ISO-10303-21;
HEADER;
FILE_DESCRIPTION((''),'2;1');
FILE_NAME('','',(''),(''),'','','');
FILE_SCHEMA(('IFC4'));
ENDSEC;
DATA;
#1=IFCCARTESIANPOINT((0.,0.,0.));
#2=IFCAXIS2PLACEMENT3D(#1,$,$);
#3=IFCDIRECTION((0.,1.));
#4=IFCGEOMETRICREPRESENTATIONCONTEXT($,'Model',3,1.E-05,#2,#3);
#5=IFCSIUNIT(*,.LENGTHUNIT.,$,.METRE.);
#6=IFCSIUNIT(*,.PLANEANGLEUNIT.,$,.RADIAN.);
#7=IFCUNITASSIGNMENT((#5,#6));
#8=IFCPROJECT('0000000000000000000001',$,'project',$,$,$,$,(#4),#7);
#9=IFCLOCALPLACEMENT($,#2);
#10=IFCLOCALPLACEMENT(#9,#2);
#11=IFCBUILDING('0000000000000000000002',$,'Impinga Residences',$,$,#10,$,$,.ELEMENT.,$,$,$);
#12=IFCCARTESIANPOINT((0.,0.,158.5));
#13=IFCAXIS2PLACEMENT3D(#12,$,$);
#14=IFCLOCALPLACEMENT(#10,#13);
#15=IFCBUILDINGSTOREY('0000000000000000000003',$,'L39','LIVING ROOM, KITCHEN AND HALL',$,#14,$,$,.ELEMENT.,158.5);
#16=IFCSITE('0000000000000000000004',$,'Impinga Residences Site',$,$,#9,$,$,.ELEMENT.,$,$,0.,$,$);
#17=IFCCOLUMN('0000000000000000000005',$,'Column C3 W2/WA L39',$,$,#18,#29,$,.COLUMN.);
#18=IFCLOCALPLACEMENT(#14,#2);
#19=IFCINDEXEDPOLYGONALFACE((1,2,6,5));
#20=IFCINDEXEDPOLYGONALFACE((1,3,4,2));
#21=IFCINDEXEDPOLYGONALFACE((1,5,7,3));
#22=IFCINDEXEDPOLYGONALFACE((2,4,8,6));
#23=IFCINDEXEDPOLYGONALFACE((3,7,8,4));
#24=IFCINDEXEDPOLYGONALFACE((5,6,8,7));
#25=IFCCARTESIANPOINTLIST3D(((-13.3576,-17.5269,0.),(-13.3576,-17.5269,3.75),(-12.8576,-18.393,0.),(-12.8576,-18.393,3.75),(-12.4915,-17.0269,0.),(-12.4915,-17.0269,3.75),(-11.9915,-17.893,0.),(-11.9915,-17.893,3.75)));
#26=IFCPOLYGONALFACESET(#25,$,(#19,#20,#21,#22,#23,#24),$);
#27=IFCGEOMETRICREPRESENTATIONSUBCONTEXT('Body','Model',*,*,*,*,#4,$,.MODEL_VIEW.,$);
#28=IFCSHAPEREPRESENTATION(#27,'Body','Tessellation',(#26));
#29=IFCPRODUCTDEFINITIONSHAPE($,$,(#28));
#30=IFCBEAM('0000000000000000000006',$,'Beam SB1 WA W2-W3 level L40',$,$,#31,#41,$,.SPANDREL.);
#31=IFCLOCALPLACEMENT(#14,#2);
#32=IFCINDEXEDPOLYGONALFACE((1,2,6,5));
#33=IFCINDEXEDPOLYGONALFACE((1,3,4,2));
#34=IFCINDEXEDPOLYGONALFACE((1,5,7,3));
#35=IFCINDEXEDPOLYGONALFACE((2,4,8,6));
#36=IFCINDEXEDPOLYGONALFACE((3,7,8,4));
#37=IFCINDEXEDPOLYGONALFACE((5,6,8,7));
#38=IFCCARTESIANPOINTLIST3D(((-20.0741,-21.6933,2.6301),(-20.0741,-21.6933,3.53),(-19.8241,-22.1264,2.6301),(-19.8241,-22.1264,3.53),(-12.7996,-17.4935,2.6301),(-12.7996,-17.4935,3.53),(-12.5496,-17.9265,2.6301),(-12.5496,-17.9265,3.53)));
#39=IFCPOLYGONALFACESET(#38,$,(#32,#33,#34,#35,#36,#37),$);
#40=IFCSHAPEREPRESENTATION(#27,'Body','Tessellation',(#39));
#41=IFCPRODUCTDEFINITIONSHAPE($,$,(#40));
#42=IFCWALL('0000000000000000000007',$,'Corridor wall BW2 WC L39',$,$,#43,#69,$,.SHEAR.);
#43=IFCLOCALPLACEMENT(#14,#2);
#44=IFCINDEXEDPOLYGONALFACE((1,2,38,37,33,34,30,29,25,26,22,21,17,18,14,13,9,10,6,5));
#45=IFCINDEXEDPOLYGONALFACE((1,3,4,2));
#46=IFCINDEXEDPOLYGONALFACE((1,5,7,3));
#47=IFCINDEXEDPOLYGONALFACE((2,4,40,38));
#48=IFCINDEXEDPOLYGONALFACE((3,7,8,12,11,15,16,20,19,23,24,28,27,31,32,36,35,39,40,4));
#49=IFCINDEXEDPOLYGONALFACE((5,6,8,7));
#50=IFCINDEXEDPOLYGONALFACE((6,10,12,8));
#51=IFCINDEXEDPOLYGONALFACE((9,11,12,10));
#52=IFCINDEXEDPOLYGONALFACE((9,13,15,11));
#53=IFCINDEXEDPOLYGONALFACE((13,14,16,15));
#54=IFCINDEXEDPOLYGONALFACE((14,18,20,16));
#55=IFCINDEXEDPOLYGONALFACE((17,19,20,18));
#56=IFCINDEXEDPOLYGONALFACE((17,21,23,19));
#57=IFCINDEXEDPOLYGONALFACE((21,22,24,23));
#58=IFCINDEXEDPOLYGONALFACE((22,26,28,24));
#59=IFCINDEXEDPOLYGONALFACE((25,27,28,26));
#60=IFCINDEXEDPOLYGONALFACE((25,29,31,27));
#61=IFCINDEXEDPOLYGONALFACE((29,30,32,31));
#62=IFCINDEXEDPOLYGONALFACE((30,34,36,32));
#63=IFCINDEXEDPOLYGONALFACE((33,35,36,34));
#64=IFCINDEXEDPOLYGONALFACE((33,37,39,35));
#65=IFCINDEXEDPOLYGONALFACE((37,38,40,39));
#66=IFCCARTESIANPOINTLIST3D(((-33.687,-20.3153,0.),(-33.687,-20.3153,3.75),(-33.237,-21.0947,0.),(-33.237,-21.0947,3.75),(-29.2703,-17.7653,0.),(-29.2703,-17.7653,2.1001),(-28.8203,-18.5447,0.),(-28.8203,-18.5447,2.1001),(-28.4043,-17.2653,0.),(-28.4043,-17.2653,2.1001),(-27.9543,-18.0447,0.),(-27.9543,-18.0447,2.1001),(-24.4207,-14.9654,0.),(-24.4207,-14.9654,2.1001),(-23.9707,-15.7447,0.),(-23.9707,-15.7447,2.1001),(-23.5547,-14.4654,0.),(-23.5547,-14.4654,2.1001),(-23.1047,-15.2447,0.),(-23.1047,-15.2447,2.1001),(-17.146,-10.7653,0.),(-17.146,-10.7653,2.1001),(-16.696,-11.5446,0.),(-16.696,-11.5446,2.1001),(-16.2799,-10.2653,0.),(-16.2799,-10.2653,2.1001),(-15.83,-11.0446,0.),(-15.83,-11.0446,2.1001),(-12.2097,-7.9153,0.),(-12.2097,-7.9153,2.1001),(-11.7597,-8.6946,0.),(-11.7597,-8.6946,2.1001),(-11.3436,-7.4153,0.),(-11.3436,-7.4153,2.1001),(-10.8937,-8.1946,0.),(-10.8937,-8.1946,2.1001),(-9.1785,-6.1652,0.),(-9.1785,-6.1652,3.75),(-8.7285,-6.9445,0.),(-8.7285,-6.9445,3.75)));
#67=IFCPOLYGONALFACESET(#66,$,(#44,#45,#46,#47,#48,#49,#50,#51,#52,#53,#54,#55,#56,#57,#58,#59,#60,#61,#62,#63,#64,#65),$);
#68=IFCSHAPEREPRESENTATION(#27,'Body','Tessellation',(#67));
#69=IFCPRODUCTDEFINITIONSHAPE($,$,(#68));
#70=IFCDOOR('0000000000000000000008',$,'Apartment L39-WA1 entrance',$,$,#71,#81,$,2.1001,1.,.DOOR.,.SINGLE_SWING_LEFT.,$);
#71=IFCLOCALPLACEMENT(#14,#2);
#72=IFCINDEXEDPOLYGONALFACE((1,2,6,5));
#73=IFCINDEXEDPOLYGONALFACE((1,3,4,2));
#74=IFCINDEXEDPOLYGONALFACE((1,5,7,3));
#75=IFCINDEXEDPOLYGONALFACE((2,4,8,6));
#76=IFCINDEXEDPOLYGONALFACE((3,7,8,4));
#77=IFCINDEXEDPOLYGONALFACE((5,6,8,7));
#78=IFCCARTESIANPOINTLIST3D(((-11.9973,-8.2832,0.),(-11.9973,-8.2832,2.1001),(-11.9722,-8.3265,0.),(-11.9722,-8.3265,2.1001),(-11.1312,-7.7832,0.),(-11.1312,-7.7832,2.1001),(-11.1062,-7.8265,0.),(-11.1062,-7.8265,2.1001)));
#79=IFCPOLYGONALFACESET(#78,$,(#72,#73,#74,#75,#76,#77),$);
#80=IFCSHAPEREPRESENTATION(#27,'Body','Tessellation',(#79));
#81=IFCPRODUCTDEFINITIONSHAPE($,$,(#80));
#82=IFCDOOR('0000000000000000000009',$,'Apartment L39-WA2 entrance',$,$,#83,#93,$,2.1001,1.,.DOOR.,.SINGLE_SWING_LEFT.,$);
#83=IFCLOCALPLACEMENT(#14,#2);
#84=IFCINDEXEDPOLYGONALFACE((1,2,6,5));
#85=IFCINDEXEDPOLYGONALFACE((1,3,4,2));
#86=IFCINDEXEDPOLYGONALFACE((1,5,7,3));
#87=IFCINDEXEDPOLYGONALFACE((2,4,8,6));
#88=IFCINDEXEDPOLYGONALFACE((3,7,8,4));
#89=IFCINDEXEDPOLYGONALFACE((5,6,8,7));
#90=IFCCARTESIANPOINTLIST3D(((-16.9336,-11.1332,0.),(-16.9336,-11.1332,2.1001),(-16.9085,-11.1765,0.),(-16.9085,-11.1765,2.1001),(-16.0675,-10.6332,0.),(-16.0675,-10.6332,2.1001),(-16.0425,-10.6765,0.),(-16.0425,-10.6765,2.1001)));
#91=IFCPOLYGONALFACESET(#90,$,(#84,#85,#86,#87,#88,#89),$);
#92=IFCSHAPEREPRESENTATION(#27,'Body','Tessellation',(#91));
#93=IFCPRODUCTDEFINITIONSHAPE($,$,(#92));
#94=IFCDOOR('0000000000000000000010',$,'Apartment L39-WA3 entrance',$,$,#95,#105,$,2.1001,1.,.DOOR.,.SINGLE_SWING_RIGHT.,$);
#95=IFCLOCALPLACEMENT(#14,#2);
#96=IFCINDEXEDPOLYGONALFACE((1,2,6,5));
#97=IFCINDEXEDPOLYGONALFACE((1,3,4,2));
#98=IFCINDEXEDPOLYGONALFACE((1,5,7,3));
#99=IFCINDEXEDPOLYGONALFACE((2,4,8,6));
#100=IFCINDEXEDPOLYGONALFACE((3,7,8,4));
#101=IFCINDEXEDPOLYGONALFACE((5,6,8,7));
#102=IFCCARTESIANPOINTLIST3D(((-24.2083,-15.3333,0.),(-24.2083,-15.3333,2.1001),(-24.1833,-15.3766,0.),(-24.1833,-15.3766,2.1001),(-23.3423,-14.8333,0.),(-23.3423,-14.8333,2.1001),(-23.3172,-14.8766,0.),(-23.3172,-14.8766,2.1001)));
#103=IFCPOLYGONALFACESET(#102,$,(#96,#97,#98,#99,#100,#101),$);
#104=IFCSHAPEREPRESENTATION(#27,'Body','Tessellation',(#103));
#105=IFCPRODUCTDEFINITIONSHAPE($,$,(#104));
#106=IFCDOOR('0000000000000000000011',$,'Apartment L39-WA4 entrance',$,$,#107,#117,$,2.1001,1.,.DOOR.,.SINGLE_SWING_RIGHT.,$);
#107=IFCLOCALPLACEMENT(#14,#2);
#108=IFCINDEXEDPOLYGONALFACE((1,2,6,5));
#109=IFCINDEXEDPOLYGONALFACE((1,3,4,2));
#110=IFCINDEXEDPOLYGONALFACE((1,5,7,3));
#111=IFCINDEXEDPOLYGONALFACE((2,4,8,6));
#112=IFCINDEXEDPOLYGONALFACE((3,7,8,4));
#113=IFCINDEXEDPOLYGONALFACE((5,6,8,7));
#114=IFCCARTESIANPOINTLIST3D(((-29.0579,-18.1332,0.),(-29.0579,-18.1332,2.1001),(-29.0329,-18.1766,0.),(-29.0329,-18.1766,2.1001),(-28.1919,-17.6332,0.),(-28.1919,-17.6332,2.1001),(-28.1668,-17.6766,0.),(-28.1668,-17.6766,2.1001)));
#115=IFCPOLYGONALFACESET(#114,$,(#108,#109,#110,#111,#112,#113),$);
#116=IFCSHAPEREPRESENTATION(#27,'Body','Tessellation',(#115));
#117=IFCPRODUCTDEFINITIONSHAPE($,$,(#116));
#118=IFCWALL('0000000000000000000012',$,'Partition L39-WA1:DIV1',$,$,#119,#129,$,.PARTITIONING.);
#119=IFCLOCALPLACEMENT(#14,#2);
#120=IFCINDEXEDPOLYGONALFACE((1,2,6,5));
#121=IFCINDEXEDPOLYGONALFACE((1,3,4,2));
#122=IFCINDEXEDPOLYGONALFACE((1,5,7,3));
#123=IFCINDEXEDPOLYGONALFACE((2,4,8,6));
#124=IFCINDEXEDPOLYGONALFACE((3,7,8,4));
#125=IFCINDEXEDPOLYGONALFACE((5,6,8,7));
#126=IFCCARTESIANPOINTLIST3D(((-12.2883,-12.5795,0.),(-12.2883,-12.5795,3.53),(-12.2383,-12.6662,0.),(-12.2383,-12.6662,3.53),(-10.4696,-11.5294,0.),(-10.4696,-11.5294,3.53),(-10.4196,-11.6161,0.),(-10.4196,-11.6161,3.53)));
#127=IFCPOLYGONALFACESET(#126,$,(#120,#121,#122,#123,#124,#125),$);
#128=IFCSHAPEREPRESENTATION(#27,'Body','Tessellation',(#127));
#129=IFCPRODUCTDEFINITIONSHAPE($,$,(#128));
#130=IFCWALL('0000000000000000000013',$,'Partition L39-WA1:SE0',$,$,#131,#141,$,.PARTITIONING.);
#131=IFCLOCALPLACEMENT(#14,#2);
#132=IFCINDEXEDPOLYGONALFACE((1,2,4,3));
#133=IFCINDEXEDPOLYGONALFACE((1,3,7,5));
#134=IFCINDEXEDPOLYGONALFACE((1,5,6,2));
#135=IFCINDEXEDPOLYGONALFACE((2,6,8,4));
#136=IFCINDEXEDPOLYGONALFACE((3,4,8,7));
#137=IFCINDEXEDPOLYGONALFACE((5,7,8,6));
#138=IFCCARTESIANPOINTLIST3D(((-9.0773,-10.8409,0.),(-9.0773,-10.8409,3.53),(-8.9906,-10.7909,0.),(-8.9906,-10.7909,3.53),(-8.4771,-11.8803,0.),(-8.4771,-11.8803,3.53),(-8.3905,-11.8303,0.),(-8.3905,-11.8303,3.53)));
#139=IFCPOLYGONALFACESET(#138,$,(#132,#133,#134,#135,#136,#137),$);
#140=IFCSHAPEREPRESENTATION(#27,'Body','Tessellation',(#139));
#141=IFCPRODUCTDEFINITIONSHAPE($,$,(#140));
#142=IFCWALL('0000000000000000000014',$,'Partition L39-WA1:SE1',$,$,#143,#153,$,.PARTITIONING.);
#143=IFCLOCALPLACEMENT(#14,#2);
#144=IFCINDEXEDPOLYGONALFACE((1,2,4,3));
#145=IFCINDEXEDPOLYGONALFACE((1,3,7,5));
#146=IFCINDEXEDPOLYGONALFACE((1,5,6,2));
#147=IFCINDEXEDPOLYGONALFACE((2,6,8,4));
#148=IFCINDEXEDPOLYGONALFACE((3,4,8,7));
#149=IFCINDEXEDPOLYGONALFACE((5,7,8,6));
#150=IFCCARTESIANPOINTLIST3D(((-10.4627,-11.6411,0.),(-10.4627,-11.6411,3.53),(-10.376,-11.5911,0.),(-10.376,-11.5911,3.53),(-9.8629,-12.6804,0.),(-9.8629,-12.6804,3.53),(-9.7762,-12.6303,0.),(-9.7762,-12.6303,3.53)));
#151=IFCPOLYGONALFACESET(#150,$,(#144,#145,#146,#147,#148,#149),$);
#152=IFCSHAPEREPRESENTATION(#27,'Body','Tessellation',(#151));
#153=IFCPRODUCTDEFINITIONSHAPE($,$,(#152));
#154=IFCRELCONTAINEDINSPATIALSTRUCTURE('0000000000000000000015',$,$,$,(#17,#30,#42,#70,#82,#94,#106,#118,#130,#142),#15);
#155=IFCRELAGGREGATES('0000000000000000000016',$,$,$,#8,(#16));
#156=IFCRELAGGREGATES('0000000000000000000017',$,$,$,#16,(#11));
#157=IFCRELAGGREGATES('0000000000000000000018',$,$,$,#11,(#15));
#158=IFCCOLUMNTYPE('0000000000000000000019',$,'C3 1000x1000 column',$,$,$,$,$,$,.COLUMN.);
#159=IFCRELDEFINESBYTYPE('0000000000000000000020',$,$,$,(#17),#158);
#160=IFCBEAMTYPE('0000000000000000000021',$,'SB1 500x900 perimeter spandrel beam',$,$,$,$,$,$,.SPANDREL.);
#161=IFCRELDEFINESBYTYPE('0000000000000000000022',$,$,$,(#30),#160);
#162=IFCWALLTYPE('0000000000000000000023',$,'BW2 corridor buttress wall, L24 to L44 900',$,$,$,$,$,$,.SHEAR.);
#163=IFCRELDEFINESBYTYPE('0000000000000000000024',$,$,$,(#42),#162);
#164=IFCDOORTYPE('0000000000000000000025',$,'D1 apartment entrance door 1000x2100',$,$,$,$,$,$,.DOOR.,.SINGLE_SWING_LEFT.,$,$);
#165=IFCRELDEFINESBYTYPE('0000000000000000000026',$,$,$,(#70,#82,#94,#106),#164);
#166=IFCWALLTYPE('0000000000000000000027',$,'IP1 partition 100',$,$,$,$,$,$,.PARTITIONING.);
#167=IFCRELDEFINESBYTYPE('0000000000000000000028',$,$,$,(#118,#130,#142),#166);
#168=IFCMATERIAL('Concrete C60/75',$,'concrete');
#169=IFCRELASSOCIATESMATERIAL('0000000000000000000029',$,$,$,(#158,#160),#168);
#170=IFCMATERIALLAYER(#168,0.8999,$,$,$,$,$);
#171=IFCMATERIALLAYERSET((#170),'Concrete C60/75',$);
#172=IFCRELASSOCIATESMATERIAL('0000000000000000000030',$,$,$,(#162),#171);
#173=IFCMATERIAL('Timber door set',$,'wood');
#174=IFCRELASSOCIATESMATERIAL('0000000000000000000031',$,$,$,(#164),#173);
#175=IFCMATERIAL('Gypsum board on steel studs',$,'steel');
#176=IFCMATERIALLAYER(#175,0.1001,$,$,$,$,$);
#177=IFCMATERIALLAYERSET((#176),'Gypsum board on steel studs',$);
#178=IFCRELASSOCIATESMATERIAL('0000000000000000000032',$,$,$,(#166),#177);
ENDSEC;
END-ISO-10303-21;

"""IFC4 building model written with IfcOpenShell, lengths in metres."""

from ifc_helpers import new_model, si_unit, direction, frame, frame_2d, origin, origin_2d, place, context, subcontext, project, spatial, rectangle, extrude, material, layer, layer_set, material_profile, profile_set, type_object, element, fill, save


model = new_model("IFC4")

# Units and contexts
model_context = context("Model", 3, precision=1e-05, world=origin(), true_north=direction((0.0, 1.0)))
body_context = subcontext(model_context, "Body", "Model", "MODEL_VIEW")
ifc_project = project(units=[si_unit("LENGTHUNIT", "METRE"), si_unit("PLANEANGLEUNIT", "RADIAN")], contexts=[model_context])

# Site, building, storey
site_placement = place(None, origin())
site = spatial("IfcSite", under=ifc_project, at=site_placement, Name="Impinga Residences Site", CompositionType="ELEMENT", RefElevation=0.0)
building_placement = place(site_placement, origin())
building = spatial("IfcBuilding", under=site, at=building_placement, Name="Impinga Residences", CompositionType="ELEMENT")
storey_placement = place(building_placement, frame((0.0, 0.0, 158.5)))
storey = spatial("IfcBuildingStorey", under=building, at=storey_placement, Name="L39", Description="LIVING ROOM, KITCHEN AND HALL", CompositionType="ELEMENT", Elevation=158.5)

# Column
ifc_material_1 = material(Name="Concrete C60/75", Category="concrete")
ifc_material_profile_1 = material_profile(ifc_material_1, rectangle(XDim=1.0, YDim=1.0, at=origin_2d()), Name="RC 1000x1000")
ifc_profile_set_1 = profile_set([ifc_material_profile_1], Name="Concrete C60/75")
column_type = type_object("IfcColumnType", Name="C3 1000x1000 column", PredefinedType="COLUMN", material=ifc_profile_set_1)
column_placement = place(storey_placement, frame((-12.6746, -17.71, 0.0), z_axis=(0.0, 0.0, 1.0), x_axis=(-0.5, 0.866025, 0.0)))
element("IfcColumn", 1, at=column_placement, inside=storey, type_object=column_type, Name="Column C3 W2/WA L39", PredefinedType="COLUMN", context=body_context, shape_type="SweptSolid", body=[
    extrude(rectangle(XDim=1.0, YDim=1.0, at=origin_2d()), origin(), (0.0, 0.0, 1.0), 3.75),
])

# Beam
ifc_material_profile_2 = material_profile(ifc_material_1, rectangle(XDim=0.5, YDim=0.8999, at=origin_2d()), Name="RC 500x900")
ifc_profile_set_2 = profile_set([ifc_material_profile_2], Name="Concrete C60/75")
beam_type = type_object("IfcBeamType", Name="SB1 500x900 perimeter spandrel beam", PredefinedType="SPANDREL", material=ifc_profile_set_2)
beam_placement = place(storey_placement, frame((-12.6746, -17.71, 3.0801), z_axis=(-0.866029, -0.499993, 0.0), x_axis=(0.499993, -0.866029, 0.0)))
element("IfcBeam", 2, at=beam_placement, inside=storey, type_object=beam_type, Name="Beam SB1 WA W2-W3 level L40", PredefinedType="SPANDREL", context=body_context, shape_type="SweptSolid", body=[
    extrude(rectangle(XDim=0.5, YDim=0.8999, at=origin_2d()), origin(), (0.0, 0.0, 1.0), 8.3999),
])

# Wall, openings, doors
ifc_layer_1 = layer(ifc_material_1, 0.8999)
ifc_layer_set_1 = layer_set([ifc_layer_1], Name="Concrete C60/75")
wall_type_1 = type_object("IfcWallType", Name="BW2 corridor buttress wall, L24 to L44 900", PredefinedType="SHEAR", material=ifc_layer_set_1)
wall_1_placement = place(storey_placement, frame((-8.9536, -6.5549, 0.0), z_axis=(0.0, 0.0, 1.0), x_axis=(-0.866023, -0.500003, 0.0)))
wall_1 = element("IfcWall", 3, at=wall_1_placement, inside=storey, type_object=wall_type_1, Name="Corridor wall BW2 WC L39", PredefinedType="SHEAR", context=body_context, shape_type="SweptSolid", body=[
    extrude(rectangle(XDim=28.3, YDim=0.8999, at=frame_2d((14.1499, 0.0))), origin(), (0.0, 0.0, 1.0), 3.75),
])
opening_1_placement = place(wall_1_placement, frame((2.5, 0.0, 0.0)))
opening_1 = element("IfcOpeningElement", 4, at=opening_1_placement, cuts=wall_1, PredefinedType="OPENING", context=body_context, shape_type="SweptSolid", body=[
    extrude(rectangle(XDim=1.0, YDim=2.1001, at=frame_2d((0.5, 1.05))), frame((0.0, 0.46, 0.0), z_axis=(0.0, -1.0, 0.0), x_axis=(1.0, 0.0, 0.0)), (0.0, 0.0, 1.0), 0.9199),
])
opening_2_placement = place(wall_1_placement, frame((8.2, 0.0, 0.0)))
opening_2 = element("IfcOpeningElement", 5, at=opening_2_placement, cuts=wall_1, PredefinedType="OPENING", context=body_context, shape_type="SweptSolid", body=[
    extrude(rectangle(XDim=1.0, YDim=2.1001, at=frame_2d((0.5, 1.05))), frame((0.0, 0.46, 0.0), z_axis=(0.0, -1.0, 0.0), x_axis=(1.0, 0.0, 0.0)), (0.0, 0.0, 1.0), 0.9199),
])
opening_3_placement = place(wall_1_placement, frame((16.6001, 0.0, 0.0)))
opening_3 = element("IfcOpeningElement", 6, at=opening_3_placement, cuts=wall_1, PredefinedType="OPENING", context=body_context, shape_type="SweptSolid", body=[
    extrude(rectangle(XDim=1.0, YDim=2.1001, at=frame_2d((0.5, 1.05))), frame((0.0, 0.46, 0.0), z_axis=(0.0, -1.0, 0.0), x_axis=(1.0, 0.0, 0.0)), (0.0, 0.0, 1.0), 0.9199),
])
opening_4_placement = place(wall_1_placement, frame((22.2, 0.0, 0.0)))
opening_4 = element("IfcOpeningElement", 7, at=opening_4_placement, cuts=wall_1, PredefinedType="OPENING", context=body_context, shape_type="SweptSolid", body=[
    extrude(rectangle(XDim=1.0, YDim=2.1001, at=frame_2d((0.5, 1.05))), frame((0.0, 0.46, 0.0), z_axis=(0.0, -1.0, 0.0), x_axis=(1.0, 0.0, 0.0)), (0.0, 0.0, 1.0), 0.9199),
])
ifc_material_2 = material(Name="Timber door set", Category="wood")
door_type_1 = type_object("IfcDoorType", Name="D1 apartment entrance door 1000x2100", OperationType="SINGLE_SWING_LEFT", PredefinedType="DOOR", material=ifc_material_2)
door_1_placement = place(opening_1_placement, origin())
door_1 = element("IfcDoor", 8, at=door_1_placement, inside=storey, type_object=door_type_1, Name="Apartment L39-WA1 entrance", OperationType="SINGLE_SWING_LEFT", OverallHeight=2.1001, OverallWidth=1.0, PredefinedType="DOOR", context=body_context, shape_type="SweptSolid", body=[
    extrude(rectangle(XDim=1.0, YDim=2.1001, at=frame_2d((0.5, 1.05))), frame((0.0, 0.0249, 0.0), z_axis=(0.0, -1.0, 0.0), x_axis=(1.0, 0.0, 0.0)), (0.0, 0.0, 1.0), 0.05),
])
fill(opening_1, door_1)
door_2_placement = place(opening_2_placement, origin())
door_2 = element("IfcDoor", 9, at=door_2_placement, inside=storey, type_object=door_type_1, Name="Apartment L39-WA2 entrance", OperationType="SINGLE_SWING_LEFT", OverallHeight=2.1001, OverallWidth=1.0, PredefinedType="DOOR", context=body_context, shape_type="SweptSolid", body=[
    extrude(rectangle(XDim=1.0, YDim=2.1001, at=frame_2d((0.5, 1.05))), frame((0.0, 0.0249, 0.0), z_axis=(0.0, -1.0, 0.0), x_axis=(1.0, 0.0, 0.0)), (0.0, 0.0, 1.0), 0.05),
])
fill(opening_2, door_2)
door_3_placement = place(opening_3_placement, origin())
door_3 = element("IfcDoor", 10, at=door_3_placement, inside=storey, type_object=door_type_1, Name="Apartment L39-WA3 entrance", OperationType="SINGLE_SWING_RIGHT", OverallHeight=2.1001, OverallWidth=1.0, PredefinedType="DOOR", context=body_context, shape_type="SweptSolid", body=[
    extrude(rectangle(XDim=1.0, YDim=2.1001, at=frame_2d((0.5, 1.05))), frame((0.0, 0.0249, 0.0), z_axis=(0.0, -1.0, 0.0), x_axis=(1.0, 0.0, 0.0)), (0.0, 0.0, 1.0), 0.05),
])
fill(opening_3, door_3)
door_4_placement = place(opening_4_placement, origin())
door_4 = element("IfcDoor", 11, at=door_4_placement, inside=storey, type_object=door_type_1, Name="Apartment L39-WA4 entrance", OperationType="SINGLE_SWING_RIGHT", OverallHeight=2.1001, OverallWidth=1.0, PredefinedType="DOOR", context=body_context, shape_type="SweptSolid", body=[
    extrude(rectangle(XDim=1.0, YDim=2.1001, at=frame_2d((0.5, 1.05))), frame((0.0, 0.0249, 0.0), z_axis=(0.0, -1.0, 0.0), x_axis=(1.0, 0.0, 0.0)), (0.0, 0.0, 1.0), 0.05),
])
fill(opening_4, door_4)

# Walls
ifc_material_3 = material(Name="Gypsum board on steel studs", Category="steel")
ifc_layer_2 = layer(ifc_material_3, 0.1001)
ifc_layer_set_2 = layer_set([ifc_layer_2], Name="Gypsum board on steel studs")
wall_type_2 = type_object("IfcWallType", Name="IP1 partition 100", PredefinedType="PARTITIONING", material=ifc_layer_set_2)
wall_2_placement = place(storey_placement, frame((-10.4446, -11.5728, 0.0), z_axis=(0.0, 0.0, 1.0), x_axis=(-0.866009, -0.500028, 0.0)))
element("IfcWall", 12, at=wall_2_placement, inside=storey, type_object=wall_type_2, Name="Partition L39-WA1:DIV1", PredefinedType="PARTITIONING", context=body_context, shape_type="SweptSolid", body=[
    extrude(rectangle(XDim=2.1001, YDim=0.1001, at=frame_2d((1.05, 0.0))), origin(), (0.0, 0.0, 1.0), 3.53),
])
wall_3_placement = place(storey_placement, frame((-9.0339, -10.8159, 0.0), z_axis=(0.0, 0.0, 1.0), x_axis=(0.500034, -0.866006, 0.0)))
element("IfcWall", 13, at=wall_3_placement, inside=storey, type_object=wall_type_2, Name="Partition L39-WA1:SE0", PredefinedType="PARTITIONING", context=body_context, shape_type="SweptSolid", body=[
    extrude(rectangle(XDim=1.2002, YDim=0.1001, at=frame_2d((0.6001, 0.0))), origin(), (0.0, 0.0, 1.0), 3.53),
])
wall_4_placement = place(storey_placement, frame((-10.4194, -11.616, 0.0), z_axis=(0.0, 0.0, 1.0), x_axis=(0.499881, -0.866094, 0.0)))
element("IfcWall", 14, at=wall_4_placement, inside=storey, type_object=wall_type_2, Name="Partition L39-WA1:SE1", PredefinedType="PARTITIONING", context=body_context, shape_type="SweptSolid", body=[
    extrude(rectangle(XDim=1.2, YDim=0.1001, at=frame_2d((0.6001, 0.0))), origin(), (0.0, 0.0, 1.0), 3.53),
])

save(model, "model.ifc")
